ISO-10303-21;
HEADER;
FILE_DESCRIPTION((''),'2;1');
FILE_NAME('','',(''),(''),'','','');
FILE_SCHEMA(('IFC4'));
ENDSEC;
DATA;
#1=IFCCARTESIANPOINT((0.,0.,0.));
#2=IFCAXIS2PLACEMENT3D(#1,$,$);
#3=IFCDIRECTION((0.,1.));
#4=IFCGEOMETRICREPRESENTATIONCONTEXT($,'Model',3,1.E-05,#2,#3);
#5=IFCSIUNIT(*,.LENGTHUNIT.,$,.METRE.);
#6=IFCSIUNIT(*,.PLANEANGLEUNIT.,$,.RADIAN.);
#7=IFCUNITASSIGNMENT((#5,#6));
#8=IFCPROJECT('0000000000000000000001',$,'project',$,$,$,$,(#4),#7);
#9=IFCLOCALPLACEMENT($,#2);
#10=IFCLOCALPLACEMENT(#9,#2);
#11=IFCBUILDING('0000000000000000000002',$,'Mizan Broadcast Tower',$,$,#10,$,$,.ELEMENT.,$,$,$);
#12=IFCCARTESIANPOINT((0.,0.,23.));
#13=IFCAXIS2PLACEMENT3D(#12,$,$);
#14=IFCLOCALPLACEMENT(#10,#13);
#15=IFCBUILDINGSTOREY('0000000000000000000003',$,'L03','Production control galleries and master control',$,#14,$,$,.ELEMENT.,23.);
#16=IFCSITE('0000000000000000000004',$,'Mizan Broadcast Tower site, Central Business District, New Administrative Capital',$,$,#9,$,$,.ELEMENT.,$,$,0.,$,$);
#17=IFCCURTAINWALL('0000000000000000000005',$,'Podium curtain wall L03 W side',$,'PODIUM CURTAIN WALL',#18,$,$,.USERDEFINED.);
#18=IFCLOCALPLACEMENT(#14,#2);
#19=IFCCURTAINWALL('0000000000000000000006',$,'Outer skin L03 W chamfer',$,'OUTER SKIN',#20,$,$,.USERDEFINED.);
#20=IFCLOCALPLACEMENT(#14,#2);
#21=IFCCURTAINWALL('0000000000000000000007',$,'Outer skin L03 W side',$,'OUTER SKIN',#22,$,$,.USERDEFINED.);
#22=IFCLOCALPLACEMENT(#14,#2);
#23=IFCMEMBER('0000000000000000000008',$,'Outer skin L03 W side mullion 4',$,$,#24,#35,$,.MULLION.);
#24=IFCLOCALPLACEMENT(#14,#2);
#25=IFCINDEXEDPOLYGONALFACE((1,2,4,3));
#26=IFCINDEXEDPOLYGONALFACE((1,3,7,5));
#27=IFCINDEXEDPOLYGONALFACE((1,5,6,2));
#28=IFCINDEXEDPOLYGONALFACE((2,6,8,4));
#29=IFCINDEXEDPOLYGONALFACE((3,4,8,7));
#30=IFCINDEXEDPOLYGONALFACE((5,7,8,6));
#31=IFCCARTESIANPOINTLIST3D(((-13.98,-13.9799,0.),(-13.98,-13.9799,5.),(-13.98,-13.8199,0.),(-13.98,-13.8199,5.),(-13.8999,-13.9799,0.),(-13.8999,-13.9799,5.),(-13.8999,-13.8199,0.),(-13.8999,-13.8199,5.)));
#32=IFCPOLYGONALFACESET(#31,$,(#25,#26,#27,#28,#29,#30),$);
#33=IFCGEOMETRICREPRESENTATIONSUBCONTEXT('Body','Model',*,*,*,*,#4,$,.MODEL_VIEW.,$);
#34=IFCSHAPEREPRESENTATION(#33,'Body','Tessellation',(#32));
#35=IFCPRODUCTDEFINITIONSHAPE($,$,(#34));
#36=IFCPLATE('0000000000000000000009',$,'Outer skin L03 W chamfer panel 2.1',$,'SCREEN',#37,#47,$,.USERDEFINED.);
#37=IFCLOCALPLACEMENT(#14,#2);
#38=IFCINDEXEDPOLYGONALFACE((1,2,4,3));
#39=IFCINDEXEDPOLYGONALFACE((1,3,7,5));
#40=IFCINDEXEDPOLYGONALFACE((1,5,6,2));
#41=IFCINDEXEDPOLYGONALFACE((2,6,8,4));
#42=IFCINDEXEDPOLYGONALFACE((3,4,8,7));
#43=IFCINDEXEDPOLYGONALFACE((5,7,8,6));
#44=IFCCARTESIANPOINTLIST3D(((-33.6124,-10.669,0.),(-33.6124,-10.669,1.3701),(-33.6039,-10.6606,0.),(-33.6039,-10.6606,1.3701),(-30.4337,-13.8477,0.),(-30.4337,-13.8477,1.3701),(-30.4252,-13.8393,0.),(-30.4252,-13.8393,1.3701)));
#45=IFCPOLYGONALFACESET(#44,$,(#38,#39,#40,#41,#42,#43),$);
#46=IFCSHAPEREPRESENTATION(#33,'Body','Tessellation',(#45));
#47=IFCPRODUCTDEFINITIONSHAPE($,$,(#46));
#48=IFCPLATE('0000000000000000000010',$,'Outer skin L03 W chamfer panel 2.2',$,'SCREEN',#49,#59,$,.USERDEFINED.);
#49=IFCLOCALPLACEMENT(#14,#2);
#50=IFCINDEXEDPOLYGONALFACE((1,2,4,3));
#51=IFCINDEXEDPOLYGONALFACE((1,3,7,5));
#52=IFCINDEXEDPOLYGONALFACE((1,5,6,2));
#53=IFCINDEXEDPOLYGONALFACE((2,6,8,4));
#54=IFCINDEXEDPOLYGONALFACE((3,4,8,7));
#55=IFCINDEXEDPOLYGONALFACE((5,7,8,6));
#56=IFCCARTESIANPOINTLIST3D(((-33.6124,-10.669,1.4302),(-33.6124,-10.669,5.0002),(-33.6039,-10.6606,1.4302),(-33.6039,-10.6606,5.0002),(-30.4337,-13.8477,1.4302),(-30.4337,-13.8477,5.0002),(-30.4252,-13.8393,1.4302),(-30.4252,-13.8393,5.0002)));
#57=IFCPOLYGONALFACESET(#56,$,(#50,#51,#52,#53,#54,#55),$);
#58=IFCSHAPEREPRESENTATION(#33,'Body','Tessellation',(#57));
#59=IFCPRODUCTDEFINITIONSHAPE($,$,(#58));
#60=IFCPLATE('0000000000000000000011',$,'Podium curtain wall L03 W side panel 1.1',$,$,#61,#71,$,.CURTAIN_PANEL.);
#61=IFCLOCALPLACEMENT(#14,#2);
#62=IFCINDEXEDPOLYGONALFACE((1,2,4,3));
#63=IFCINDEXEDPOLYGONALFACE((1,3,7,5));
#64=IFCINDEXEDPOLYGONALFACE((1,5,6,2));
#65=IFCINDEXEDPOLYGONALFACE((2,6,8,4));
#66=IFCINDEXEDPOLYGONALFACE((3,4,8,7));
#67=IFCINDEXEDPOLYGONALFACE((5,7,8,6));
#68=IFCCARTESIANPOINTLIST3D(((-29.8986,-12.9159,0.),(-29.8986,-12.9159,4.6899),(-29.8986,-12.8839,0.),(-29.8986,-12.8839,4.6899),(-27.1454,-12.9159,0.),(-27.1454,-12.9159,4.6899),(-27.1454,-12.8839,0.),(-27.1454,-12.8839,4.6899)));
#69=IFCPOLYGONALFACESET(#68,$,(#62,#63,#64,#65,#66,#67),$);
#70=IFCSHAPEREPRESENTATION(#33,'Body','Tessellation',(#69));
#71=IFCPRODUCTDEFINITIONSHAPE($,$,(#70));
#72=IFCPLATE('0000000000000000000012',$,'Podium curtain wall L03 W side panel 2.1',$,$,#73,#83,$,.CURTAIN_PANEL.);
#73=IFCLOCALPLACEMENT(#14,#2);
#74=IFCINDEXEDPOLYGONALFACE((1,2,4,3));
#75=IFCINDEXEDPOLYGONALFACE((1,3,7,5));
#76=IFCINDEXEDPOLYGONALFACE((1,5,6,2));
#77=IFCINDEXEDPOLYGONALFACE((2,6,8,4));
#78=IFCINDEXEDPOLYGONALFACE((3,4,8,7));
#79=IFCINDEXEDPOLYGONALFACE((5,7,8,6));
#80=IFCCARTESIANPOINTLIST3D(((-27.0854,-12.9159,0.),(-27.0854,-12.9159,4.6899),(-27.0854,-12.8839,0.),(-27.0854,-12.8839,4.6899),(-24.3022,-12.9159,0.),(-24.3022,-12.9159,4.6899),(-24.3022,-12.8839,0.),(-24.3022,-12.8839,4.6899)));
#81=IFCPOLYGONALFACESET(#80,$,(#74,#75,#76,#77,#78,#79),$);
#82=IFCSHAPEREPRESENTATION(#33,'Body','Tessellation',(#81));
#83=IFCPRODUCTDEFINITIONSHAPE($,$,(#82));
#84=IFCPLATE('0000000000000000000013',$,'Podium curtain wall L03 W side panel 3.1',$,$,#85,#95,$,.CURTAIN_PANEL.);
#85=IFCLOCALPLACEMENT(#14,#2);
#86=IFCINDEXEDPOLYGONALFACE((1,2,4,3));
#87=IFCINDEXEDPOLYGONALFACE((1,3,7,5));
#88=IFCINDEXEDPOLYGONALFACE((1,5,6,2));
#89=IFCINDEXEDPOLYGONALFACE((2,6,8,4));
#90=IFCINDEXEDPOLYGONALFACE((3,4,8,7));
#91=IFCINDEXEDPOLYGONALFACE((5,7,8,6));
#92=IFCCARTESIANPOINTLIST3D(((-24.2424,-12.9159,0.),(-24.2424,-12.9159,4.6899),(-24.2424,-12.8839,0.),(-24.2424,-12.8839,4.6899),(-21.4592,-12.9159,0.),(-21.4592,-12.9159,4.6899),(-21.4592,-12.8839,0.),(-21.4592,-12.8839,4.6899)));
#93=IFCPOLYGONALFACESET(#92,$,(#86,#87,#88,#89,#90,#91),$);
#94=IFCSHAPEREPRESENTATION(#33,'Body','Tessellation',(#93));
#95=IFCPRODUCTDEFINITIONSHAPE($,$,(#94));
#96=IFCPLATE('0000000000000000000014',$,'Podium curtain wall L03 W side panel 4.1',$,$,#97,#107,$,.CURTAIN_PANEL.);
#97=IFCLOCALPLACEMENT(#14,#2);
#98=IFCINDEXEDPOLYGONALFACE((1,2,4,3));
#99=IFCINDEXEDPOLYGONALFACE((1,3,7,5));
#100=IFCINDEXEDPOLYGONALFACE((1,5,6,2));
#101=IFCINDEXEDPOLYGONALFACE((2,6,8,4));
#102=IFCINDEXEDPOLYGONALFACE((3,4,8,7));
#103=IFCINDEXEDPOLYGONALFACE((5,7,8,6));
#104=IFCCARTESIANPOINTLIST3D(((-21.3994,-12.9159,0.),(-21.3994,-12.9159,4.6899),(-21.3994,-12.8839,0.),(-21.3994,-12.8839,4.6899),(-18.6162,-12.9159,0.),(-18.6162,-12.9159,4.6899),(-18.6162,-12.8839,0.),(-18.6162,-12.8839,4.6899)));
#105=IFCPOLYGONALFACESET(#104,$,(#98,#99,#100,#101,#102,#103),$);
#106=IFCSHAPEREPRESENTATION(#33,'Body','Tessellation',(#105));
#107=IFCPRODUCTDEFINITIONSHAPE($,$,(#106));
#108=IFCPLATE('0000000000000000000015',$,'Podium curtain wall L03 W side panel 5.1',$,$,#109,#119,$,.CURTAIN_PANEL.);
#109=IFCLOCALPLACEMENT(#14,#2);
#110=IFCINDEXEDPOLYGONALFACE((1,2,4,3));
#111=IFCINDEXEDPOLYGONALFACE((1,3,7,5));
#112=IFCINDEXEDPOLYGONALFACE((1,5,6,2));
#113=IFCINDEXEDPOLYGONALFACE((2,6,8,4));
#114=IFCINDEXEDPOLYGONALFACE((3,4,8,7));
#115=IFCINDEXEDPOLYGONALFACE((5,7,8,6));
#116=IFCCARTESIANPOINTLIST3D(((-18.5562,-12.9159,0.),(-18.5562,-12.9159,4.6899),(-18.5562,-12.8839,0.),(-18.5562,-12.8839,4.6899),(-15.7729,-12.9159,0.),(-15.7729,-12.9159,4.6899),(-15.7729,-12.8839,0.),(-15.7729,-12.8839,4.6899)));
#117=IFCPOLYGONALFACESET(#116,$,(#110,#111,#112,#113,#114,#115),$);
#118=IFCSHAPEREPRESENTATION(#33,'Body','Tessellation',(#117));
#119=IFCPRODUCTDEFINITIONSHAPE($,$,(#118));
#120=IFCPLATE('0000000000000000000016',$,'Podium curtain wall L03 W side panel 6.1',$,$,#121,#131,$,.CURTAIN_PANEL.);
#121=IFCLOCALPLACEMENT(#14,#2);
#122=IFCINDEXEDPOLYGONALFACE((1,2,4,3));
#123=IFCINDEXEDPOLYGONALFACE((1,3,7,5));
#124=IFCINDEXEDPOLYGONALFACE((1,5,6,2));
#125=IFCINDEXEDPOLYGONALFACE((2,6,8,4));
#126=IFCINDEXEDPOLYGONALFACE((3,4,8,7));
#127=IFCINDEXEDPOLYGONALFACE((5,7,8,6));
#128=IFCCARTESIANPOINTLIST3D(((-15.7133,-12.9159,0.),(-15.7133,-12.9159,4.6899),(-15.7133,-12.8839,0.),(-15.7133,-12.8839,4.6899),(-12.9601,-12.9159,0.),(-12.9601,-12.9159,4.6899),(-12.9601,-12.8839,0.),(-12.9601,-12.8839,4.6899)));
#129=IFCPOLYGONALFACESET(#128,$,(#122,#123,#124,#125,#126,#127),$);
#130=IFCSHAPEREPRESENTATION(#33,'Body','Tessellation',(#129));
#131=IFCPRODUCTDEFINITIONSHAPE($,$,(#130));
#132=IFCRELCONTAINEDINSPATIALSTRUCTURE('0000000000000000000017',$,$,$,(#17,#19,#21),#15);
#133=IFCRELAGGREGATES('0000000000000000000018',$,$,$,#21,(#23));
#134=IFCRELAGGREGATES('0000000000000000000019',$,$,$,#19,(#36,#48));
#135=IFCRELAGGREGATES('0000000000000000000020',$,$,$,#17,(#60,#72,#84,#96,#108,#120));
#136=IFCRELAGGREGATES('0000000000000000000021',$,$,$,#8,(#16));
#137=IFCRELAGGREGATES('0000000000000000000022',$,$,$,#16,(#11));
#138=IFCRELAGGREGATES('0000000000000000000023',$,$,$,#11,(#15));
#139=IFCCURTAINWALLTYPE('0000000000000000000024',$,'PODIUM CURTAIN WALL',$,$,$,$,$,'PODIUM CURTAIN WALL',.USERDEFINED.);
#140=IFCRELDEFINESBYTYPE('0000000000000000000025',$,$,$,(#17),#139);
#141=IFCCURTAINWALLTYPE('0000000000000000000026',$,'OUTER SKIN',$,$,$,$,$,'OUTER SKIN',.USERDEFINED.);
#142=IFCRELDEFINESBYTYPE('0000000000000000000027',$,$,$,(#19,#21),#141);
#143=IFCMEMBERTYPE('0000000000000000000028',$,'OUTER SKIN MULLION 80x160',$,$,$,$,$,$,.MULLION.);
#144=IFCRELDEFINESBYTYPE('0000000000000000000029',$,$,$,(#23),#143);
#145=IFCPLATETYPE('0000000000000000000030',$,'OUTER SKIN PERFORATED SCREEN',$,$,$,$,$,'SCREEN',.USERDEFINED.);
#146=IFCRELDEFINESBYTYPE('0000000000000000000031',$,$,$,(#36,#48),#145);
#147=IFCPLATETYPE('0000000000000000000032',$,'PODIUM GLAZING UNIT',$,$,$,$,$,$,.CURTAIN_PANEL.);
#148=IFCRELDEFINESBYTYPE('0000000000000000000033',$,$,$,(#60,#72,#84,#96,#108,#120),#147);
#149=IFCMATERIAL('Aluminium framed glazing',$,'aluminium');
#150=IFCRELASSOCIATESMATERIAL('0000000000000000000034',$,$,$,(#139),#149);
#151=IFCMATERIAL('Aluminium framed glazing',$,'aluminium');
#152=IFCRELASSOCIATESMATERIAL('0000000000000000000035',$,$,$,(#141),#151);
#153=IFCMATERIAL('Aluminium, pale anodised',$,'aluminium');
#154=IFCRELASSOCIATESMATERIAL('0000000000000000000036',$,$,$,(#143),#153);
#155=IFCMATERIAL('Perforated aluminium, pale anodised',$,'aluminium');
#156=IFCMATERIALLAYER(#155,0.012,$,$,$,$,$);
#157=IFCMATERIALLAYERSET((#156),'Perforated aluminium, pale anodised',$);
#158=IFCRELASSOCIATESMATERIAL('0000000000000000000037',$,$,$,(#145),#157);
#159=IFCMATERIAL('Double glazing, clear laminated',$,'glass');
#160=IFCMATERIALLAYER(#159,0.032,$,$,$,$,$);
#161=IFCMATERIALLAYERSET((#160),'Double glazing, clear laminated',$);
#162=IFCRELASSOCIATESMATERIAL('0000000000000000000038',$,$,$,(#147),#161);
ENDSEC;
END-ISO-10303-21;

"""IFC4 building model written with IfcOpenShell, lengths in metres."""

from ifc_helpers import new_model, si_unit, direction, frame, origin, origin_2d, place, context, subcontext, project, spatial, rectangle, extrude, material, layer, layer_set, material_profile, profile_set, type_object, element, aggregate, save


model = new_model("IFC4")

# Units and contexts
model_context = context("Model", 3, precision=1e-05, world=origin(), true_north=direction((0.0, 1.0)))
body_context = subcontext(model_context, "Body", "Model", "MODEL_VIEW")
ifc_project = project(units=[si_unit("LENGTHUNIT", "METRE"), si_unit("PLANEANGLEUNIT", "RADIAN")], contexts=[model_context])

# Site, building, storey
site_placement = place(None, origin())
site = spatial("IfcSite", under=ifc_project, at=site_placement, Name="Mizan Broadcast Tower site, Central Business District, New Administrative Capital", CompositionType="ELEMENT", RefElevation=0.0)
building_placement = place(site_placement, origin())
building = spatial("IfcBuilding", under=site, at=building_placement, Name="Mizan Broadcast Tower", CompositionType="ELEMENT")
storey_placement = place(building_placement, frame((0.0, 0.0, 23.0)))
storey = spatial("IfcBuildingStorey", under=building, at=storey_placement, Name="L03", Description="Production control galleries and master control", CompositionType="ELEMENT", Elevation=23.0)

# Shared definitions
ifc_material_1 = material(Name="Aluminium framed glazing", Category="aluminium")
curtain_wall_type_1 = type_object("IfcCurtainWallType", Name="PODIUM CURTAIN WALL", ElementType="PODIUM CURTAIN WALL", PredefinedType="USERDEFINED", material=ifc_material_1)

# Curtain wall
curtain_wall_1_placement = place(storey_placement, origin())
curtain_wall_1 = element("IfcCurtainWall", 1, at=curtain_wall_1_placement, inside=storey, type_object=curtain_wall_type_1, Name="Podium curtain wall L03 W side", ObjectType="PODIUM CURTAIN WALL", PredefinedType="USERDEFINED")

# Curtain walls, member
ifc_material_2 = material(Name="Aluminium framed glazing", Category="aluminium")
curtain_wall_type_2 = type_object("IfcCurtainWallType", Name="OUTER SKIN", ElementType="OUTER SKIN", PredefinedType="USERDEFINED", material=ifc_material_2)
curtain_wall_2_placement = place(storey_placement, origin())
curtain_wall_2 = element("IfcCurtainWall", 2, at=curtain_wall_2_placement, inside=storey, type_object=curtain_wall_type_2, Name="Outer skin L03 W chamfer", ObjectType="OUTER SKIN", PredefinedType="USERDEFINED")
ifc_material_3 = material(Name="Aluminium, pale anodised", Category="aluminium")
ifc_material_profile_1 = material_profile(ifc_material_3, rectangle(XDim=0.1599, YDim=0.0801, at=origin_2d()), Name="MULLION 160x80")
ifc_profile_set_1 = profile_set([ifc_material_profile_1], Name="Aluminium, pale anodised")
member_type_1 = type_object("IfcMemberType", Name="OUTER SKIN MULLION 80x160", PredefinedType="MULLION", material=ifc_profile_set_1)
curtain_wall_3_placement = place(storey_placement, origin())
curtain_wall_3 = element("IfcCurtainWall", 3, at=curtain_wall_3_placement, inside=storey, type_object=curtain_wall_type_2, Name="Outer skin L03 W side", ObjectType="OUTER SKIN", PredefinedType="USERDEFINED")
member_1_placement = place(storey_placement, frame((-13.9399, -13.8999, 0.0), z_axis=(0.0, 0.0, 1.0), x_axis=(0.0, 1.0, 0.0)))
member_1 = element("IfcMember", 4, at=member_1_placement, type_object=member_type_1, Name="Outer skin L03 W side mullion 4", PredefinedType="MULLION", context=body_context, shape_type="SweptSolid", body=[
    extrude(rectangle(XDim=0.1599, YDim=0.0801, at=origin_2d()), origin(), (0.0, 0.0, 1.0), 5.0),
])
aggregate(curtain_wall_3, [member_1])

# Plates
ifc_material_4 = material(Name="Perforated aluminium, pale anodised", Category="aluminium")
ifc_layer_1 = layer(ifc_material_4, 0.012)
ifc_layer_set_1 = layer_set([ifc_layer_1], Name="Perforated aluminium, pale anodised")
plate_type_1 = type_object("IfcPlateType", Name="OUTER SKIN PERFORATED SCREEN", ElementType="SCREEN", PredefinedType="USERDEFINED", material=ifc_layer_set_1)
plate_1_placement = place(storey_placement, frame((-32.0188, -12.2542, 0.0), z_axis=(0.0, 0.0, 1.0), x_axis=(0.707107, -0.707107, 0.0)))
plate_1 = element("IfcPlate", 5, at=plate_1_placement, type_object=plate_type_1, Name="Outer skin L03 W chamfer panel 2.1", ObjectType="SCREEN", PredefinedType="USERDEFINED", context=body_context, shape_type="SweptSolid", body=[
    extrude(rectangle(XDim=4.4954, YDim=0.012, at=origin_2d()), origin(), (0.0, 0.0, 1.0), 1.3701),
])
plate_2_placement = place(storey_placement, frame((-32.0188, -12.2542, 1.4302), z_axis=(0.0, 0.0, 1.0), x_axis=(0.707107, -0.707107, 0.0)))
plate_2 = element("IfcPlate", 6, at=plate_2_placement, type_object=plate_type_1, Name="Outer skin L03 W chamfer panel 2.2", ObjectType="SCREEN", PredefinedType="USERDEFINED", context=body_context, shape_type="SweptSolid", body=[
    extrude(rectangle(XDim=4.4954, YDim=0.012, at=origin_2d()), origin(), (0.0, 0.0, 1.0), 3.5701),
])
aggregate(curtain_wall_2, [plate_1, plate_2])
ifc_material_5 = material(Name="Double glazing, clear laminated", Category="glass")
ifc_layer_2 = layer(ifc_material_5, 0.032)
ifc_layer_set_2 = layer_set([ifc_layer_2], Name="Double glazing, clear laminated")
plate_type_2 = type_object("IfcPlateType", Name="PODIUM GLAZING UNIT", PredefinedType="CURTAIN_PANEL", material=ifc_layer_set_2)
plate_3_placement = place(storey_placement, frame((-28.522, -12.8999, 0.0), z_axis=(0.0, 0.0, 1.0), x_axis=(1.0, 0.0, 0.0)))
plate_3 = element("IfcPlate", 7, at=plate_3_placement, type_object=plate_type_2, Name="Podium curtain wall L03 W side panel 1.1", PredefinedType="CURTAIN_PANEL", context=body_context, shape_type="SweptSolid", body=[
    extrude(rectangle(XDim=2.7532, YDim=0.032, at=origin_2d()), origin(), (0.0, 0.0, 1.0), 4.6899),
])
plate_4_placement = place(storey_placement, frame((-25.6938, -12.8999, 0.0), z_axis=(0.0, 0.0, 1.0), x_axis=(1.0, 0.0, 0.0)))
plate_4 = element("IfcPlate", 8, at=plate_4_placement, type_object=plate_type_2, Name="Podium curtain wall L03 W side panel 2.1", PredefinedType="CURTAIN_PANEL", context=body_context, shape_type="SweptSolid", body=[
    extrude(rectangle(XDim=2.7832, YDim=0.032, at=origin_2d()), origin(), (0.0, 0.0, 1.0), 4.6899),
])
plate_5_placement = place(storey_placement, frame((-22.8508, -12.8999, 0.0), z_axis=(0.0, 0.0, 1.0), x_axis=(1.0, 0.0, 0.0)))
plate_5 = element("IfcPlate", 9, at=plate_5_placement, type_object=plate_type_2, Name="Podium curtain wall L03 W side panel 3.1", PredefinedType="CURTAIN_PANEL", context=body_context, shape_type="SweptSolid", body=[
    extrude(rectangle(XDim=2.7832, YDim=0.032, at=origin_2d()), origin(), (0.0, 0.0, 1.0), 4.6899),
])
plate_6_placement = place(storey_placement, frame((-20.0078, -12.8999, 0.0), z_axis=(0.0, 0.0, 1.0), x_axis=(1.0, 0.0, 0.0)))
plate_6 = element("IfcPlate", 10, at=plate_6_placement, type_object=plate_type_2, Name="Podium curtain wall L03 W side panel 4.1", PredefinedType="CURTAIN_PANEL", context=body_context, shape_type="SweptSolid", body=[
    extrude(rectangle(XDim=2.7832, YDim=0.032, at=origin_2d()), origin(), (0.0, 0.0, 1.0), 4.6899),
])
plate_7_placement = place(storey_placement, frame((-17.1646, -12.8999, 0.0), z_axis=(0.0, 0.0, 1.0), x_axis=(1.0, 0.0, 0.0)))
plate_7 = element("IfcPlate", 11, at=plate_7_placement, type_object=plate_type_2, Name="Podium curtain wall L03 W side panel 5.1", PredefinedType="CURTAIN_PANEL", context=body_context, shape_type="SweptSolid", body=[
    extrude(rectangle(XDim=2.7832, YDim=0.032, at=origin_2d()), origin(), (0.0, 0.0, 1.0), 4.6899),
])
plate_8_placement = place(storey_placement, frame((-14.3367, -12.8999, 0.0), z_axis=(0.0, 0.0, 1.0), x_axis=(1.0, 0.0, 0.0)))
plate_8 = element("IfcPlate", 12, at=plate_8_placement, type_object=plate_type_2, Name="Podium curtain wall L03 W side panel 6.1", PredefinedType="CURTAIN_PANEL", context=body_context, shape_type="SweptSolid", body=[
    extrude(rectangle(XDim=2.7532, YDim=0.032, at=origin_2d()), origin(), (0.0, 0.0, 1.0), 4.6899),
])
aggregate(curtain_wall_1, [plate_3, plate_4, plate_5, plate_6, plate_7, plate_8])

save(model, "model.ifc")
